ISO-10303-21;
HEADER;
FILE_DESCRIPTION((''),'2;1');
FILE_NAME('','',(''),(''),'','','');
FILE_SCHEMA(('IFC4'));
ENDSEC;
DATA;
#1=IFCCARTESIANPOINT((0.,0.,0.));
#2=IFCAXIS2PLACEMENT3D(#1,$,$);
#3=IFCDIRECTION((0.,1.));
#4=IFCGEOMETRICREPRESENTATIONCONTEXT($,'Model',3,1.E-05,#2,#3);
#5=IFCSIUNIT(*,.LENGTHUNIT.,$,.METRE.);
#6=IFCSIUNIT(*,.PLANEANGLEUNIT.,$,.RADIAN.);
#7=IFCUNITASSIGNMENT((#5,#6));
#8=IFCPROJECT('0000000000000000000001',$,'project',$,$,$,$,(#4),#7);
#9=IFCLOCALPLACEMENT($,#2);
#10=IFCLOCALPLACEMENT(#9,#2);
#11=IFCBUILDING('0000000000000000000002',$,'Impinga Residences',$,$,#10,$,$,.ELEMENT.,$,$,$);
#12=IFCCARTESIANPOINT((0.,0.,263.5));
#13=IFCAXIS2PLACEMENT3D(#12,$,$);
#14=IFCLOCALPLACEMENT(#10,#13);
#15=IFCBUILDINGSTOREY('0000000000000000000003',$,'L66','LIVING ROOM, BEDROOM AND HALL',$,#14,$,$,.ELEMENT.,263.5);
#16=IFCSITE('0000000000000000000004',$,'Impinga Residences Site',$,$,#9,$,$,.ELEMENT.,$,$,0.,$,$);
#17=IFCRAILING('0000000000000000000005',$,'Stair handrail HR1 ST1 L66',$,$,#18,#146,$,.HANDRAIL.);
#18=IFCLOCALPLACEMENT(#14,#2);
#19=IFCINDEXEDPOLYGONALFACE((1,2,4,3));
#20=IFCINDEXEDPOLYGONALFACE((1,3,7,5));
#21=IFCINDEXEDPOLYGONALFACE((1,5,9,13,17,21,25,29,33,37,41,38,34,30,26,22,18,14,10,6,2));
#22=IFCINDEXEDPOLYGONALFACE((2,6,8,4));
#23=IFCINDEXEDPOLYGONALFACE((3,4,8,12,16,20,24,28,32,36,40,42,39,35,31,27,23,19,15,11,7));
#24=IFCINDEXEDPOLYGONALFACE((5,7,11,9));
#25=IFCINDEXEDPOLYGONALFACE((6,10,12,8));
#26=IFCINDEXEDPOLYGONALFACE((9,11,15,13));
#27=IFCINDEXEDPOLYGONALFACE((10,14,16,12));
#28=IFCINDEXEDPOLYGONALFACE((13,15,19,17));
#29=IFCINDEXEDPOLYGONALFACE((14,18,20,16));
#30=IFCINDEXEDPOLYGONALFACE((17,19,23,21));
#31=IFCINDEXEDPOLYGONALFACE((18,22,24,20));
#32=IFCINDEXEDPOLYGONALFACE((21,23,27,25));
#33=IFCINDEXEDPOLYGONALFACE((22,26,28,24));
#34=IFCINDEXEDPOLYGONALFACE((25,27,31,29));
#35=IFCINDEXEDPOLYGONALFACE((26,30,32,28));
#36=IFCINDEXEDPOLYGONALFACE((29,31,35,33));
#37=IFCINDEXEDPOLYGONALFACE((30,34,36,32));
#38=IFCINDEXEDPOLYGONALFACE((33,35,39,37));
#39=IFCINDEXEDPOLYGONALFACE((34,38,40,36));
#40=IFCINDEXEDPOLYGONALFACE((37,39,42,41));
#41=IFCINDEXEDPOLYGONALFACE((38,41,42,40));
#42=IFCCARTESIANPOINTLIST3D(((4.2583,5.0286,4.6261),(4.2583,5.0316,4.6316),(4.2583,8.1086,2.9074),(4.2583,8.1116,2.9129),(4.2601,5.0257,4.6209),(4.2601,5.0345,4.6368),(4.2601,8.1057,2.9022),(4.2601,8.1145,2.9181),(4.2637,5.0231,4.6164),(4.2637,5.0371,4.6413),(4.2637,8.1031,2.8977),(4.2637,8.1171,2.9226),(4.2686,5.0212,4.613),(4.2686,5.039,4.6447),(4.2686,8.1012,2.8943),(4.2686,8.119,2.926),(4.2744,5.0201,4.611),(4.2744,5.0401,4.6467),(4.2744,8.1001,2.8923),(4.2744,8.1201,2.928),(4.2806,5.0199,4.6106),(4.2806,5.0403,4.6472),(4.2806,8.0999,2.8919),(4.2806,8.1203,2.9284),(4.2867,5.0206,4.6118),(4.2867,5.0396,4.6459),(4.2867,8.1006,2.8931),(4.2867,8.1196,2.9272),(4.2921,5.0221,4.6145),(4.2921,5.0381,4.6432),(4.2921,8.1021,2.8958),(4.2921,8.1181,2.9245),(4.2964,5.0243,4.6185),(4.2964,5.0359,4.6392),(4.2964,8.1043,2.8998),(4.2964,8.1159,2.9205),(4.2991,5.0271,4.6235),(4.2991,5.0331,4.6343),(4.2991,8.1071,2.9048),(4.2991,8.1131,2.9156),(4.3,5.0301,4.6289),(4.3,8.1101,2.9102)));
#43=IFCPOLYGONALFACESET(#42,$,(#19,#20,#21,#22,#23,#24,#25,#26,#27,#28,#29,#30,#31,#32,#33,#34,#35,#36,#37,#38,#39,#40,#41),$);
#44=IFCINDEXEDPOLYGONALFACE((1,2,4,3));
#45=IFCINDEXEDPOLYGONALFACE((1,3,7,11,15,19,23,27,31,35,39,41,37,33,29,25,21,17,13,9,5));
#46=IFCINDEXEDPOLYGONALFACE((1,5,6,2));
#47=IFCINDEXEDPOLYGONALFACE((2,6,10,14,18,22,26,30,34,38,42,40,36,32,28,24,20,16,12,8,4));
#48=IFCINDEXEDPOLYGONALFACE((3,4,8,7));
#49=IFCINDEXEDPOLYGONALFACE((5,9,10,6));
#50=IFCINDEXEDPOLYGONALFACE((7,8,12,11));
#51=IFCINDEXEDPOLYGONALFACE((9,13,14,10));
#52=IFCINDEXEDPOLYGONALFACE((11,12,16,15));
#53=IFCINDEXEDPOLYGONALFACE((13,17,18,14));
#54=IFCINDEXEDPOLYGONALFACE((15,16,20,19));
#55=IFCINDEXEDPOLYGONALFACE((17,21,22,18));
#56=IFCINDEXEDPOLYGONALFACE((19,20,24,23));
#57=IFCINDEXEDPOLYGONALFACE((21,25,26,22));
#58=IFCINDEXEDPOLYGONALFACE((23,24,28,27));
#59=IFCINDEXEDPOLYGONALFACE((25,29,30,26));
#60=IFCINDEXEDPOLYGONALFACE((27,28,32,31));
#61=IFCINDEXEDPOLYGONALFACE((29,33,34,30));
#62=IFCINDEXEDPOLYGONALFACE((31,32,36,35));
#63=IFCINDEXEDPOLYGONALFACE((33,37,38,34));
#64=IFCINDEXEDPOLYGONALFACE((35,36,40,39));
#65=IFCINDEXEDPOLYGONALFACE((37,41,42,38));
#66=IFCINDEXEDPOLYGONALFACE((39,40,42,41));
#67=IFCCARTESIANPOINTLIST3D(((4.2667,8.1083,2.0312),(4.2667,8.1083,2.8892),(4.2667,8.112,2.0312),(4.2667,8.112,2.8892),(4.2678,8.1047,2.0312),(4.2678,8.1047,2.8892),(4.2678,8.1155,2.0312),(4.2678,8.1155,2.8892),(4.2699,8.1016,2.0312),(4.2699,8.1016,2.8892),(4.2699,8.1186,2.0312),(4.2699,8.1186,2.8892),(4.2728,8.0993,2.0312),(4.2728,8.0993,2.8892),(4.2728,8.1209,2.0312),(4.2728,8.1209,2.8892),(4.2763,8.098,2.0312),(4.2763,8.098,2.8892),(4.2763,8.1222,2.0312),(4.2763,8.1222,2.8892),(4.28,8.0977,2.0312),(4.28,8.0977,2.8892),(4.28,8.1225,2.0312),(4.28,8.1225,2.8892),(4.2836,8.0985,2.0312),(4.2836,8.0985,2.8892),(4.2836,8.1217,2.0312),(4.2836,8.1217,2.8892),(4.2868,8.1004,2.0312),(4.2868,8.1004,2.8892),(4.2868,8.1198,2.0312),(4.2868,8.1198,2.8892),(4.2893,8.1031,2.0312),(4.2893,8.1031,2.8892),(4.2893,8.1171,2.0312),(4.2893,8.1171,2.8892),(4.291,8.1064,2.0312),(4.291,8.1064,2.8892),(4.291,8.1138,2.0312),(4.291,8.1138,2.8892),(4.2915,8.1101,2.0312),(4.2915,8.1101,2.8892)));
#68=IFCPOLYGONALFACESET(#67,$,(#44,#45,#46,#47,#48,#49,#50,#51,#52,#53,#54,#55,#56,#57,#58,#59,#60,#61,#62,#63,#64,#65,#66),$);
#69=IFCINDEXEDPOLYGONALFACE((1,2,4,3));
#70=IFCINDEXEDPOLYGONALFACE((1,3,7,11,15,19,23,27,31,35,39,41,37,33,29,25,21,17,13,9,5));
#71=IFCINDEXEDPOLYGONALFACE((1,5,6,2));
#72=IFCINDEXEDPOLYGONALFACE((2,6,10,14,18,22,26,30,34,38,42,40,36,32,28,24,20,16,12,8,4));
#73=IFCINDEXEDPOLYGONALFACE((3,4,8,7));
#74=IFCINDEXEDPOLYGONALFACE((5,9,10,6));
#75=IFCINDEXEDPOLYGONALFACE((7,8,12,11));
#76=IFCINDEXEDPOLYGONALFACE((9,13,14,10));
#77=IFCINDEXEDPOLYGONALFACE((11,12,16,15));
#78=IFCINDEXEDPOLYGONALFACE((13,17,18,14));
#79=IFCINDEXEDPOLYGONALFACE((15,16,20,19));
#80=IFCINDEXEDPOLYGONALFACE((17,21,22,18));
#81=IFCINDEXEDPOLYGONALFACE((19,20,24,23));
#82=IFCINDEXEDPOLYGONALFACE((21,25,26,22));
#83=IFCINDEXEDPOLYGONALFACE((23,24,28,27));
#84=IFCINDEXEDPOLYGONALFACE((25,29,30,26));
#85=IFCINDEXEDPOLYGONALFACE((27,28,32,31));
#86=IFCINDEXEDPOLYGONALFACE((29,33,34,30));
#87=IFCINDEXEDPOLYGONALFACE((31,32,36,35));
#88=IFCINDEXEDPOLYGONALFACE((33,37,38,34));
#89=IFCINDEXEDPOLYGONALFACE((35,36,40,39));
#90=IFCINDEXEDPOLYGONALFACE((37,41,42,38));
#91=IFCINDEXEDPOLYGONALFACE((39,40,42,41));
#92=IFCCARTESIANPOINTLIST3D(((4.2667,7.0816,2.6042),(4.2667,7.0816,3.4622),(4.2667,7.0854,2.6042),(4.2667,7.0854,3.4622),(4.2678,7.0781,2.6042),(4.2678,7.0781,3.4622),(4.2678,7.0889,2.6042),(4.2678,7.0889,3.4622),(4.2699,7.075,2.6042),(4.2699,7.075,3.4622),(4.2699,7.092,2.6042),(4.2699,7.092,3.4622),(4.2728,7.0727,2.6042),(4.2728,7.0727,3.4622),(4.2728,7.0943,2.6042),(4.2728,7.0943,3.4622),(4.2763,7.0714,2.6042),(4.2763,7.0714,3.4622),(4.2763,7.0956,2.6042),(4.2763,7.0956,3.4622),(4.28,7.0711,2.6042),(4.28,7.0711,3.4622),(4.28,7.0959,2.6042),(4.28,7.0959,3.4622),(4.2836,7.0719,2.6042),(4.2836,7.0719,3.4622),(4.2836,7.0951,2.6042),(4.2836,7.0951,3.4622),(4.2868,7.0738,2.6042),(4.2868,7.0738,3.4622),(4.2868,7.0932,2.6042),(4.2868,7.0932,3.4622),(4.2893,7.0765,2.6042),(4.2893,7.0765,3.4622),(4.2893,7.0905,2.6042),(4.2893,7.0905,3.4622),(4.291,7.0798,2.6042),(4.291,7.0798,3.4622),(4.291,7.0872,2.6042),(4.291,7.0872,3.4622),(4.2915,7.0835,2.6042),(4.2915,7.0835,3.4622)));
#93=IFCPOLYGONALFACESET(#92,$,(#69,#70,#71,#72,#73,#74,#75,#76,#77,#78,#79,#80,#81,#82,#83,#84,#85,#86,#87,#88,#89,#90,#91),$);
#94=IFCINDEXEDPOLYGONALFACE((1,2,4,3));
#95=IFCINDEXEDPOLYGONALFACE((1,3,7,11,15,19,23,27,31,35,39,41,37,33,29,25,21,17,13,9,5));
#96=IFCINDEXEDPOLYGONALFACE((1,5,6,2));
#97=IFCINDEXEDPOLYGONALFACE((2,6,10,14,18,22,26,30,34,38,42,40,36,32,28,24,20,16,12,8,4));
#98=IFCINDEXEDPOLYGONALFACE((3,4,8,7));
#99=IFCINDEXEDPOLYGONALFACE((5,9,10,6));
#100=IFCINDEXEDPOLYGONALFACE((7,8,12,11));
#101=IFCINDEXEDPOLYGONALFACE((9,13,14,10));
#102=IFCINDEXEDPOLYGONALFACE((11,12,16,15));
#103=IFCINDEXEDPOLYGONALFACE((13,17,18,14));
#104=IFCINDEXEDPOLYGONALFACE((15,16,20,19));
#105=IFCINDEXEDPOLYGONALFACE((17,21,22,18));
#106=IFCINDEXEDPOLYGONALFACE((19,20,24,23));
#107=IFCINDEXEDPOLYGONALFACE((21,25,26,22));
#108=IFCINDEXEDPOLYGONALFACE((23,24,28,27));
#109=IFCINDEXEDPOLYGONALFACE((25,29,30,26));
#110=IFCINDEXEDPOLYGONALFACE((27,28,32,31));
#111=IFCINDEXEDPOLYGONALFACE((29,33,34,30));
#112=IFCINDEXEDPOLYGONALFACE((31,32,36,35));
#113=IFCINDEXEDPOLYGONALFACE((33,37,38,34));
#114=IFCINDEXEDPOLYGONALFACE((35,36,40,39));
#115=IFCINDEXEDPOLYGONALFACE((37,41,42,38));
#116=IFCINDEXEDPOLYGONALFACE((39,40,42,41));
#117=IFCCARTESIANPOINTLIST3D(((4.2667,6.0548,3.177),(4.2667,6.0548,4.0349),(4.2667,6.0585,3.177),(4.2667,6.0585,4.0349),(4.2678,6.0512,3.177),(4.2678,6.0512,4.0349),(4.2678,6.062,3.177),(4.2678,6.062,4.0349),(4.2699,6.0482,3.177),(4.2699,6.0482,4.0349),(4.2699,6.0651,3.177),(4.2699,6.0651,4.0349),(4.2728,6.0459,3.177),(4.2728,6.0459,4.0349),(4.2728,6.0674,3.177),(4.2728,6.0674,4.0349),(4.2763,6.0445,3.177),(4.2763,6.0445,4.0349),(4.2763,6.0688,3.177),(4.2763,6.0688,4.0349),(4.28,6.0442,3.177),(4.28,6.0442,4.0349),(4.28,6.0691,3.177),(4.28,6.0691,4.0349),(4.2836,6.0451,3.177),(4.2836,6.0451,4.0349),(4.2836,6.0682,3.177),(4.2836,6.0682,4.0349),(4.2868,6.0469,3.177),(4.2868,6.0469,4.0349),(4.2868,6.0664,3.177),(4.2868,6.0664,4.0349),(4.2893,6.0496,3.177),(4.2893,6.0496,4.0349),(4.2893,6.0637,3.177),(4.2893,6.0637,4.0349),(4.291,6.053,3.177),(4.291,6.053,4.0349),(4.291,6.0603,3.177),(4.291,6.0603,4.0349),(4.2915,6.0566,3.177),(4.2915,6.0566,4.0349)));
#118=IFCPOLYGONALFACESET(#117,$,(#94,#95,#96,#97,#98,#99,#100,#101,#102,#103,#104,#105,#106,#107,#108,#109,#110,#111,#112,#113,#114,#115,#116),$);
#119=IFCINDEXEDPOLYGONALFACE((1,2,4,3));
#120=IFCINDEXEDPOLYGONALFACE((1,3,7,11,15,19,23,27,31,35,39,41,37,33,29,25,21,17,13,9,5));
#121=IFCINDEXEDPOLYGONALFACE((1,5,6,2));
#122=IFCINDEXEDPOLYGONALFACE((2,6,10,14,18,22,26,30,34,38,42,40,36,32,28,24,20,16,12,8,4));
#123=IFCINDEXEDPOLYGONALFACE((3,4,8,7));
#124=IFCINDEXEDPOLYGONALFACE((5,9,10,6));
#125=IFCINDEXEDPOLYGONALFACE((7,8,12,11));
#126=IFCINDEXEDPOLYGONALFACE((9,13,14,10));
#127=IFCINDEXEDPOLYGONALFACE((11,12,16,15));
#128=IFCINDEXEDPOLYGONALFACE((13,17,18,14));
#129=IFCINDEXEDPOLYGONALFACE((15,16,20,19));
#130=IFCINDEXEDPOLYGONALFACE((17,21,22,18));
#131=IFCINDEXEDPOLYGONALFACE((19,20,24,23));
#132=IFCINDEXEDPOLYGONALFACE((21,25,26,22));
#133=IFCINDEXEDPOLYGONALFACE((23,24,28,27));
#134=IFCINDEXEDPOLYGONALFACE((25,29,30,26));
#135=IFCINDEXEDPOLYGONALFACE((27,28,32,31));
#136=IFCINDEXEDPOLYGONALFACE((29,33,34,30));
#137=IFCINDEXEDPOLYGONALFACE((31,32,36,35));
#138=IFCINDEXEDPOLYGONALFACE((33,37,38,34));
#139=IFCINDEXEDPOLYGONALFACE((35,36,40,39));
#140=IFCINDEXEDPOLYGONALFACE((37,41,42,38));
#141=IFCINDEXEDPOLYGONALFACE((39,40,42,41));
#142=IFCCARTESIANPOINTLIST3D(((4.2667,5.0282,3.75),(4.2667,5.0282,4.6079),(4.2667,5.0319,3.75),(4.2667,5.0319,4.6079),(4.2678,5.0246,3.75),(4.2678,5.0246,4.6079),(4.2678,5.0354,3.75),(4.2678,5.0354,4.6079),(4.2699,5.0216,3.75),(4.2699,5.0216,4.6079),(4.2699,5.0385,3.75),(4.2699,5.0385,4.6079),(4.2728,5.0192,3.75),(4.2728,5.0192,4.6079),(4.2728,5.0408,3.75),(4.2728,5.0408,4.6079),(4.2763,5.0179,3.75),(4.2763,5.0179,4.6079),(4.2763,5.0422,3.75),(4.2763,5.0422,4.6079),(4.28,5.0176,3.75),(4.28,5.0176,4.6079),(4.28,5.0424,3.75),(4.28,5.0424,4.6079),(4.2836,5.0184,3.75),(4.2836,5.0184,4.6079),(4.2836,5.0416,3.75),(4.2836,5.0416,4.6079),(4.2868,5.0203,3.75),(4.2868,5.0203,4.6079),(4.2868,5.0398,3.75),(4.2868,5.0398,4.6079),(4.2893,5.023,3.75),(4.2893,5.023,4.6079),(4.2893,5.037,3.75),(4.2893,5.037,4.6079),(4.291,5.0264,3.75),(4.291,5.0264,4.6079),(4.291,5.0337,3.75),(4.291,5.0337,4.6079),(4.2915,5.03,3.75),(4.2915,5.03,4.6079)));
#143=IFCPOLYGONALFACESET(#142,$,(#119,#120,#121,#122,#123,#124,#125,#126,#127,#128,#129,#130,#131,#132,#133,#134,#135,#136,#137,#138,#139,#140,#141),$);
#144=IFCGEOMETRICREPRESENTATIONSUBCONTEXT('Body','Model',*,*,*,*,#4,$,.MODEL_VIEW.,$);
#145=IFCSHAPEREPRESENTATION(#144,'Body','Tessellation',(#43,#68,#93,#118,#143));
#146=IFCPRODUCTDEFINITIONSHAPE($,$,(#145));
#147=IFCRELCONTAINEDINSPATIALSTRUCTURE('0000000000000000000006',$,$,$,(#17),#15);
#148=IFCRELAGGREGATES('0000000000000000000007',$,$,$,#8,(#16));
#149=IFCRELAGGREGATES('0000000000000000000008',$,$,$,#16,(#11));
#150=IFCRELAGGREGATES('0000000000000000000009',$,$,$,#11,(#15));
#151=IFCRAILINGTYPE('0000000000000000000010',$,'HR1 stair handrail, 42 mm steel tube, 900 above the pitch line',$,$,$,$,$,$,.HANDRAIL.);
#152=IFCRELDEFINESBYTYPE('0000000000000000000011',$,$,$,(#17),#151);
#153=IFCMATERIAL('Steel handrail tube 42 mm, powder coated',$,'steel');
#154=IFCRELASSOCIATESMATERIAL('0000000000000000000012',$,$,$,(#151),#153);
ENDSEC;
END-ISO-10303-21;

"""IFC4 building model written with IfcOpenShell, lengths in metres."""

from ifc_helpers import new_model, si_unit, direction, frame, origin, origin_2d, place, context, subcontext, project, spatial, circle, extrude, material, type_object, element, save


model = new_model("IFC4")

# Units and contexts
model_context = context("Model", 3, precision=1e-05, world=origin(), true_north=direction((0.0, 1.0)))
body_context = subcontext(model_context, "Body", "Model", "MODEL_VIEW")
ifc_project = project(units=[si_unit("LENGTHUNIT", "METRE"), si_unit("PLANEANGLEUNIT", "RADIAN")], contexts=[model_context])

# Site, building, storey
site_placement = place(None, origin())
site = spatial("IfcSite", under=ifc_project, at=site_placement, Name="Impinga Residences Site", CompositionType="ELEMENT", RefElevation=0.0)
building_placement = place(site_placement, origin())
building = spatial("IfcBuilding", under=site, at=building_placement, Name="Impinga Residences", CompositionType="ELEMENT")
storey_placement = place(building_placement, frame((0.0, 0.0, 263.5)))
storey = spatial("IfcBuildingStorey", under=building, at=storey_placement, Name="L66", Description="LIVING ROOM, BEDROOM AND HALL", CompositionType="ELEMENT", Elevation=263.5)

# Railing
ifc_material_1 = material(Name="Steel handrail tube 42 mm, powder coated", Category="steel")
railing_type_1 = type_object("IfcRailingType", Name="HR1 stair handrail, 42 mm steel tube, 900 above the pitch line", PredefinedType="HANDRAIL", material=ifc_material_1)
railing_1_placement = place(storey_placement, frame((4.2791, 8.1101, 2.0312)))
element("IfcRailing", 1, at=railing_1_placement, inside=storey, type_object=railing_type_1, Name="Stair handrail HR1 ST1 L66", PredefinedType="HANDRAIL", context=body_context, shape_type="SweptSolid", body=[
    extrude(circle(Radius=0.021, at=origin_2d()), frame((0.0, 0.0, 0.8789), z_axis=(0.0, -0.873242, 0.487288), x_axis=(1.0, 0.0, 0.0)), (0.0, 0.0, 1.0), 3.5271),
    extrude(circle(Radius=0.0125, at=origin_2d()), origin(), (0.0, 0.0, 1.0), 0.8579),
    extrude(circle(Radius=0.0125, at=origin_2d()), frame((0.0, -1.0266, 0.573)), (0.0, 0.0, 1.0), 0.8579),
    extrude(circle(Radius=0.0125, at=origin_2d()), frame((0.0, -2.0535, 1.1458)), (0.0, 0.0, 1.0), 0.8579),
    extrude(circle(Radius=0.0125, at=origin_2d()), frame((0.0, -3.0801, 1.7188)), (0.0, 0.0, 1.0), 0.8579),
])

save(model, "model.ifc")
